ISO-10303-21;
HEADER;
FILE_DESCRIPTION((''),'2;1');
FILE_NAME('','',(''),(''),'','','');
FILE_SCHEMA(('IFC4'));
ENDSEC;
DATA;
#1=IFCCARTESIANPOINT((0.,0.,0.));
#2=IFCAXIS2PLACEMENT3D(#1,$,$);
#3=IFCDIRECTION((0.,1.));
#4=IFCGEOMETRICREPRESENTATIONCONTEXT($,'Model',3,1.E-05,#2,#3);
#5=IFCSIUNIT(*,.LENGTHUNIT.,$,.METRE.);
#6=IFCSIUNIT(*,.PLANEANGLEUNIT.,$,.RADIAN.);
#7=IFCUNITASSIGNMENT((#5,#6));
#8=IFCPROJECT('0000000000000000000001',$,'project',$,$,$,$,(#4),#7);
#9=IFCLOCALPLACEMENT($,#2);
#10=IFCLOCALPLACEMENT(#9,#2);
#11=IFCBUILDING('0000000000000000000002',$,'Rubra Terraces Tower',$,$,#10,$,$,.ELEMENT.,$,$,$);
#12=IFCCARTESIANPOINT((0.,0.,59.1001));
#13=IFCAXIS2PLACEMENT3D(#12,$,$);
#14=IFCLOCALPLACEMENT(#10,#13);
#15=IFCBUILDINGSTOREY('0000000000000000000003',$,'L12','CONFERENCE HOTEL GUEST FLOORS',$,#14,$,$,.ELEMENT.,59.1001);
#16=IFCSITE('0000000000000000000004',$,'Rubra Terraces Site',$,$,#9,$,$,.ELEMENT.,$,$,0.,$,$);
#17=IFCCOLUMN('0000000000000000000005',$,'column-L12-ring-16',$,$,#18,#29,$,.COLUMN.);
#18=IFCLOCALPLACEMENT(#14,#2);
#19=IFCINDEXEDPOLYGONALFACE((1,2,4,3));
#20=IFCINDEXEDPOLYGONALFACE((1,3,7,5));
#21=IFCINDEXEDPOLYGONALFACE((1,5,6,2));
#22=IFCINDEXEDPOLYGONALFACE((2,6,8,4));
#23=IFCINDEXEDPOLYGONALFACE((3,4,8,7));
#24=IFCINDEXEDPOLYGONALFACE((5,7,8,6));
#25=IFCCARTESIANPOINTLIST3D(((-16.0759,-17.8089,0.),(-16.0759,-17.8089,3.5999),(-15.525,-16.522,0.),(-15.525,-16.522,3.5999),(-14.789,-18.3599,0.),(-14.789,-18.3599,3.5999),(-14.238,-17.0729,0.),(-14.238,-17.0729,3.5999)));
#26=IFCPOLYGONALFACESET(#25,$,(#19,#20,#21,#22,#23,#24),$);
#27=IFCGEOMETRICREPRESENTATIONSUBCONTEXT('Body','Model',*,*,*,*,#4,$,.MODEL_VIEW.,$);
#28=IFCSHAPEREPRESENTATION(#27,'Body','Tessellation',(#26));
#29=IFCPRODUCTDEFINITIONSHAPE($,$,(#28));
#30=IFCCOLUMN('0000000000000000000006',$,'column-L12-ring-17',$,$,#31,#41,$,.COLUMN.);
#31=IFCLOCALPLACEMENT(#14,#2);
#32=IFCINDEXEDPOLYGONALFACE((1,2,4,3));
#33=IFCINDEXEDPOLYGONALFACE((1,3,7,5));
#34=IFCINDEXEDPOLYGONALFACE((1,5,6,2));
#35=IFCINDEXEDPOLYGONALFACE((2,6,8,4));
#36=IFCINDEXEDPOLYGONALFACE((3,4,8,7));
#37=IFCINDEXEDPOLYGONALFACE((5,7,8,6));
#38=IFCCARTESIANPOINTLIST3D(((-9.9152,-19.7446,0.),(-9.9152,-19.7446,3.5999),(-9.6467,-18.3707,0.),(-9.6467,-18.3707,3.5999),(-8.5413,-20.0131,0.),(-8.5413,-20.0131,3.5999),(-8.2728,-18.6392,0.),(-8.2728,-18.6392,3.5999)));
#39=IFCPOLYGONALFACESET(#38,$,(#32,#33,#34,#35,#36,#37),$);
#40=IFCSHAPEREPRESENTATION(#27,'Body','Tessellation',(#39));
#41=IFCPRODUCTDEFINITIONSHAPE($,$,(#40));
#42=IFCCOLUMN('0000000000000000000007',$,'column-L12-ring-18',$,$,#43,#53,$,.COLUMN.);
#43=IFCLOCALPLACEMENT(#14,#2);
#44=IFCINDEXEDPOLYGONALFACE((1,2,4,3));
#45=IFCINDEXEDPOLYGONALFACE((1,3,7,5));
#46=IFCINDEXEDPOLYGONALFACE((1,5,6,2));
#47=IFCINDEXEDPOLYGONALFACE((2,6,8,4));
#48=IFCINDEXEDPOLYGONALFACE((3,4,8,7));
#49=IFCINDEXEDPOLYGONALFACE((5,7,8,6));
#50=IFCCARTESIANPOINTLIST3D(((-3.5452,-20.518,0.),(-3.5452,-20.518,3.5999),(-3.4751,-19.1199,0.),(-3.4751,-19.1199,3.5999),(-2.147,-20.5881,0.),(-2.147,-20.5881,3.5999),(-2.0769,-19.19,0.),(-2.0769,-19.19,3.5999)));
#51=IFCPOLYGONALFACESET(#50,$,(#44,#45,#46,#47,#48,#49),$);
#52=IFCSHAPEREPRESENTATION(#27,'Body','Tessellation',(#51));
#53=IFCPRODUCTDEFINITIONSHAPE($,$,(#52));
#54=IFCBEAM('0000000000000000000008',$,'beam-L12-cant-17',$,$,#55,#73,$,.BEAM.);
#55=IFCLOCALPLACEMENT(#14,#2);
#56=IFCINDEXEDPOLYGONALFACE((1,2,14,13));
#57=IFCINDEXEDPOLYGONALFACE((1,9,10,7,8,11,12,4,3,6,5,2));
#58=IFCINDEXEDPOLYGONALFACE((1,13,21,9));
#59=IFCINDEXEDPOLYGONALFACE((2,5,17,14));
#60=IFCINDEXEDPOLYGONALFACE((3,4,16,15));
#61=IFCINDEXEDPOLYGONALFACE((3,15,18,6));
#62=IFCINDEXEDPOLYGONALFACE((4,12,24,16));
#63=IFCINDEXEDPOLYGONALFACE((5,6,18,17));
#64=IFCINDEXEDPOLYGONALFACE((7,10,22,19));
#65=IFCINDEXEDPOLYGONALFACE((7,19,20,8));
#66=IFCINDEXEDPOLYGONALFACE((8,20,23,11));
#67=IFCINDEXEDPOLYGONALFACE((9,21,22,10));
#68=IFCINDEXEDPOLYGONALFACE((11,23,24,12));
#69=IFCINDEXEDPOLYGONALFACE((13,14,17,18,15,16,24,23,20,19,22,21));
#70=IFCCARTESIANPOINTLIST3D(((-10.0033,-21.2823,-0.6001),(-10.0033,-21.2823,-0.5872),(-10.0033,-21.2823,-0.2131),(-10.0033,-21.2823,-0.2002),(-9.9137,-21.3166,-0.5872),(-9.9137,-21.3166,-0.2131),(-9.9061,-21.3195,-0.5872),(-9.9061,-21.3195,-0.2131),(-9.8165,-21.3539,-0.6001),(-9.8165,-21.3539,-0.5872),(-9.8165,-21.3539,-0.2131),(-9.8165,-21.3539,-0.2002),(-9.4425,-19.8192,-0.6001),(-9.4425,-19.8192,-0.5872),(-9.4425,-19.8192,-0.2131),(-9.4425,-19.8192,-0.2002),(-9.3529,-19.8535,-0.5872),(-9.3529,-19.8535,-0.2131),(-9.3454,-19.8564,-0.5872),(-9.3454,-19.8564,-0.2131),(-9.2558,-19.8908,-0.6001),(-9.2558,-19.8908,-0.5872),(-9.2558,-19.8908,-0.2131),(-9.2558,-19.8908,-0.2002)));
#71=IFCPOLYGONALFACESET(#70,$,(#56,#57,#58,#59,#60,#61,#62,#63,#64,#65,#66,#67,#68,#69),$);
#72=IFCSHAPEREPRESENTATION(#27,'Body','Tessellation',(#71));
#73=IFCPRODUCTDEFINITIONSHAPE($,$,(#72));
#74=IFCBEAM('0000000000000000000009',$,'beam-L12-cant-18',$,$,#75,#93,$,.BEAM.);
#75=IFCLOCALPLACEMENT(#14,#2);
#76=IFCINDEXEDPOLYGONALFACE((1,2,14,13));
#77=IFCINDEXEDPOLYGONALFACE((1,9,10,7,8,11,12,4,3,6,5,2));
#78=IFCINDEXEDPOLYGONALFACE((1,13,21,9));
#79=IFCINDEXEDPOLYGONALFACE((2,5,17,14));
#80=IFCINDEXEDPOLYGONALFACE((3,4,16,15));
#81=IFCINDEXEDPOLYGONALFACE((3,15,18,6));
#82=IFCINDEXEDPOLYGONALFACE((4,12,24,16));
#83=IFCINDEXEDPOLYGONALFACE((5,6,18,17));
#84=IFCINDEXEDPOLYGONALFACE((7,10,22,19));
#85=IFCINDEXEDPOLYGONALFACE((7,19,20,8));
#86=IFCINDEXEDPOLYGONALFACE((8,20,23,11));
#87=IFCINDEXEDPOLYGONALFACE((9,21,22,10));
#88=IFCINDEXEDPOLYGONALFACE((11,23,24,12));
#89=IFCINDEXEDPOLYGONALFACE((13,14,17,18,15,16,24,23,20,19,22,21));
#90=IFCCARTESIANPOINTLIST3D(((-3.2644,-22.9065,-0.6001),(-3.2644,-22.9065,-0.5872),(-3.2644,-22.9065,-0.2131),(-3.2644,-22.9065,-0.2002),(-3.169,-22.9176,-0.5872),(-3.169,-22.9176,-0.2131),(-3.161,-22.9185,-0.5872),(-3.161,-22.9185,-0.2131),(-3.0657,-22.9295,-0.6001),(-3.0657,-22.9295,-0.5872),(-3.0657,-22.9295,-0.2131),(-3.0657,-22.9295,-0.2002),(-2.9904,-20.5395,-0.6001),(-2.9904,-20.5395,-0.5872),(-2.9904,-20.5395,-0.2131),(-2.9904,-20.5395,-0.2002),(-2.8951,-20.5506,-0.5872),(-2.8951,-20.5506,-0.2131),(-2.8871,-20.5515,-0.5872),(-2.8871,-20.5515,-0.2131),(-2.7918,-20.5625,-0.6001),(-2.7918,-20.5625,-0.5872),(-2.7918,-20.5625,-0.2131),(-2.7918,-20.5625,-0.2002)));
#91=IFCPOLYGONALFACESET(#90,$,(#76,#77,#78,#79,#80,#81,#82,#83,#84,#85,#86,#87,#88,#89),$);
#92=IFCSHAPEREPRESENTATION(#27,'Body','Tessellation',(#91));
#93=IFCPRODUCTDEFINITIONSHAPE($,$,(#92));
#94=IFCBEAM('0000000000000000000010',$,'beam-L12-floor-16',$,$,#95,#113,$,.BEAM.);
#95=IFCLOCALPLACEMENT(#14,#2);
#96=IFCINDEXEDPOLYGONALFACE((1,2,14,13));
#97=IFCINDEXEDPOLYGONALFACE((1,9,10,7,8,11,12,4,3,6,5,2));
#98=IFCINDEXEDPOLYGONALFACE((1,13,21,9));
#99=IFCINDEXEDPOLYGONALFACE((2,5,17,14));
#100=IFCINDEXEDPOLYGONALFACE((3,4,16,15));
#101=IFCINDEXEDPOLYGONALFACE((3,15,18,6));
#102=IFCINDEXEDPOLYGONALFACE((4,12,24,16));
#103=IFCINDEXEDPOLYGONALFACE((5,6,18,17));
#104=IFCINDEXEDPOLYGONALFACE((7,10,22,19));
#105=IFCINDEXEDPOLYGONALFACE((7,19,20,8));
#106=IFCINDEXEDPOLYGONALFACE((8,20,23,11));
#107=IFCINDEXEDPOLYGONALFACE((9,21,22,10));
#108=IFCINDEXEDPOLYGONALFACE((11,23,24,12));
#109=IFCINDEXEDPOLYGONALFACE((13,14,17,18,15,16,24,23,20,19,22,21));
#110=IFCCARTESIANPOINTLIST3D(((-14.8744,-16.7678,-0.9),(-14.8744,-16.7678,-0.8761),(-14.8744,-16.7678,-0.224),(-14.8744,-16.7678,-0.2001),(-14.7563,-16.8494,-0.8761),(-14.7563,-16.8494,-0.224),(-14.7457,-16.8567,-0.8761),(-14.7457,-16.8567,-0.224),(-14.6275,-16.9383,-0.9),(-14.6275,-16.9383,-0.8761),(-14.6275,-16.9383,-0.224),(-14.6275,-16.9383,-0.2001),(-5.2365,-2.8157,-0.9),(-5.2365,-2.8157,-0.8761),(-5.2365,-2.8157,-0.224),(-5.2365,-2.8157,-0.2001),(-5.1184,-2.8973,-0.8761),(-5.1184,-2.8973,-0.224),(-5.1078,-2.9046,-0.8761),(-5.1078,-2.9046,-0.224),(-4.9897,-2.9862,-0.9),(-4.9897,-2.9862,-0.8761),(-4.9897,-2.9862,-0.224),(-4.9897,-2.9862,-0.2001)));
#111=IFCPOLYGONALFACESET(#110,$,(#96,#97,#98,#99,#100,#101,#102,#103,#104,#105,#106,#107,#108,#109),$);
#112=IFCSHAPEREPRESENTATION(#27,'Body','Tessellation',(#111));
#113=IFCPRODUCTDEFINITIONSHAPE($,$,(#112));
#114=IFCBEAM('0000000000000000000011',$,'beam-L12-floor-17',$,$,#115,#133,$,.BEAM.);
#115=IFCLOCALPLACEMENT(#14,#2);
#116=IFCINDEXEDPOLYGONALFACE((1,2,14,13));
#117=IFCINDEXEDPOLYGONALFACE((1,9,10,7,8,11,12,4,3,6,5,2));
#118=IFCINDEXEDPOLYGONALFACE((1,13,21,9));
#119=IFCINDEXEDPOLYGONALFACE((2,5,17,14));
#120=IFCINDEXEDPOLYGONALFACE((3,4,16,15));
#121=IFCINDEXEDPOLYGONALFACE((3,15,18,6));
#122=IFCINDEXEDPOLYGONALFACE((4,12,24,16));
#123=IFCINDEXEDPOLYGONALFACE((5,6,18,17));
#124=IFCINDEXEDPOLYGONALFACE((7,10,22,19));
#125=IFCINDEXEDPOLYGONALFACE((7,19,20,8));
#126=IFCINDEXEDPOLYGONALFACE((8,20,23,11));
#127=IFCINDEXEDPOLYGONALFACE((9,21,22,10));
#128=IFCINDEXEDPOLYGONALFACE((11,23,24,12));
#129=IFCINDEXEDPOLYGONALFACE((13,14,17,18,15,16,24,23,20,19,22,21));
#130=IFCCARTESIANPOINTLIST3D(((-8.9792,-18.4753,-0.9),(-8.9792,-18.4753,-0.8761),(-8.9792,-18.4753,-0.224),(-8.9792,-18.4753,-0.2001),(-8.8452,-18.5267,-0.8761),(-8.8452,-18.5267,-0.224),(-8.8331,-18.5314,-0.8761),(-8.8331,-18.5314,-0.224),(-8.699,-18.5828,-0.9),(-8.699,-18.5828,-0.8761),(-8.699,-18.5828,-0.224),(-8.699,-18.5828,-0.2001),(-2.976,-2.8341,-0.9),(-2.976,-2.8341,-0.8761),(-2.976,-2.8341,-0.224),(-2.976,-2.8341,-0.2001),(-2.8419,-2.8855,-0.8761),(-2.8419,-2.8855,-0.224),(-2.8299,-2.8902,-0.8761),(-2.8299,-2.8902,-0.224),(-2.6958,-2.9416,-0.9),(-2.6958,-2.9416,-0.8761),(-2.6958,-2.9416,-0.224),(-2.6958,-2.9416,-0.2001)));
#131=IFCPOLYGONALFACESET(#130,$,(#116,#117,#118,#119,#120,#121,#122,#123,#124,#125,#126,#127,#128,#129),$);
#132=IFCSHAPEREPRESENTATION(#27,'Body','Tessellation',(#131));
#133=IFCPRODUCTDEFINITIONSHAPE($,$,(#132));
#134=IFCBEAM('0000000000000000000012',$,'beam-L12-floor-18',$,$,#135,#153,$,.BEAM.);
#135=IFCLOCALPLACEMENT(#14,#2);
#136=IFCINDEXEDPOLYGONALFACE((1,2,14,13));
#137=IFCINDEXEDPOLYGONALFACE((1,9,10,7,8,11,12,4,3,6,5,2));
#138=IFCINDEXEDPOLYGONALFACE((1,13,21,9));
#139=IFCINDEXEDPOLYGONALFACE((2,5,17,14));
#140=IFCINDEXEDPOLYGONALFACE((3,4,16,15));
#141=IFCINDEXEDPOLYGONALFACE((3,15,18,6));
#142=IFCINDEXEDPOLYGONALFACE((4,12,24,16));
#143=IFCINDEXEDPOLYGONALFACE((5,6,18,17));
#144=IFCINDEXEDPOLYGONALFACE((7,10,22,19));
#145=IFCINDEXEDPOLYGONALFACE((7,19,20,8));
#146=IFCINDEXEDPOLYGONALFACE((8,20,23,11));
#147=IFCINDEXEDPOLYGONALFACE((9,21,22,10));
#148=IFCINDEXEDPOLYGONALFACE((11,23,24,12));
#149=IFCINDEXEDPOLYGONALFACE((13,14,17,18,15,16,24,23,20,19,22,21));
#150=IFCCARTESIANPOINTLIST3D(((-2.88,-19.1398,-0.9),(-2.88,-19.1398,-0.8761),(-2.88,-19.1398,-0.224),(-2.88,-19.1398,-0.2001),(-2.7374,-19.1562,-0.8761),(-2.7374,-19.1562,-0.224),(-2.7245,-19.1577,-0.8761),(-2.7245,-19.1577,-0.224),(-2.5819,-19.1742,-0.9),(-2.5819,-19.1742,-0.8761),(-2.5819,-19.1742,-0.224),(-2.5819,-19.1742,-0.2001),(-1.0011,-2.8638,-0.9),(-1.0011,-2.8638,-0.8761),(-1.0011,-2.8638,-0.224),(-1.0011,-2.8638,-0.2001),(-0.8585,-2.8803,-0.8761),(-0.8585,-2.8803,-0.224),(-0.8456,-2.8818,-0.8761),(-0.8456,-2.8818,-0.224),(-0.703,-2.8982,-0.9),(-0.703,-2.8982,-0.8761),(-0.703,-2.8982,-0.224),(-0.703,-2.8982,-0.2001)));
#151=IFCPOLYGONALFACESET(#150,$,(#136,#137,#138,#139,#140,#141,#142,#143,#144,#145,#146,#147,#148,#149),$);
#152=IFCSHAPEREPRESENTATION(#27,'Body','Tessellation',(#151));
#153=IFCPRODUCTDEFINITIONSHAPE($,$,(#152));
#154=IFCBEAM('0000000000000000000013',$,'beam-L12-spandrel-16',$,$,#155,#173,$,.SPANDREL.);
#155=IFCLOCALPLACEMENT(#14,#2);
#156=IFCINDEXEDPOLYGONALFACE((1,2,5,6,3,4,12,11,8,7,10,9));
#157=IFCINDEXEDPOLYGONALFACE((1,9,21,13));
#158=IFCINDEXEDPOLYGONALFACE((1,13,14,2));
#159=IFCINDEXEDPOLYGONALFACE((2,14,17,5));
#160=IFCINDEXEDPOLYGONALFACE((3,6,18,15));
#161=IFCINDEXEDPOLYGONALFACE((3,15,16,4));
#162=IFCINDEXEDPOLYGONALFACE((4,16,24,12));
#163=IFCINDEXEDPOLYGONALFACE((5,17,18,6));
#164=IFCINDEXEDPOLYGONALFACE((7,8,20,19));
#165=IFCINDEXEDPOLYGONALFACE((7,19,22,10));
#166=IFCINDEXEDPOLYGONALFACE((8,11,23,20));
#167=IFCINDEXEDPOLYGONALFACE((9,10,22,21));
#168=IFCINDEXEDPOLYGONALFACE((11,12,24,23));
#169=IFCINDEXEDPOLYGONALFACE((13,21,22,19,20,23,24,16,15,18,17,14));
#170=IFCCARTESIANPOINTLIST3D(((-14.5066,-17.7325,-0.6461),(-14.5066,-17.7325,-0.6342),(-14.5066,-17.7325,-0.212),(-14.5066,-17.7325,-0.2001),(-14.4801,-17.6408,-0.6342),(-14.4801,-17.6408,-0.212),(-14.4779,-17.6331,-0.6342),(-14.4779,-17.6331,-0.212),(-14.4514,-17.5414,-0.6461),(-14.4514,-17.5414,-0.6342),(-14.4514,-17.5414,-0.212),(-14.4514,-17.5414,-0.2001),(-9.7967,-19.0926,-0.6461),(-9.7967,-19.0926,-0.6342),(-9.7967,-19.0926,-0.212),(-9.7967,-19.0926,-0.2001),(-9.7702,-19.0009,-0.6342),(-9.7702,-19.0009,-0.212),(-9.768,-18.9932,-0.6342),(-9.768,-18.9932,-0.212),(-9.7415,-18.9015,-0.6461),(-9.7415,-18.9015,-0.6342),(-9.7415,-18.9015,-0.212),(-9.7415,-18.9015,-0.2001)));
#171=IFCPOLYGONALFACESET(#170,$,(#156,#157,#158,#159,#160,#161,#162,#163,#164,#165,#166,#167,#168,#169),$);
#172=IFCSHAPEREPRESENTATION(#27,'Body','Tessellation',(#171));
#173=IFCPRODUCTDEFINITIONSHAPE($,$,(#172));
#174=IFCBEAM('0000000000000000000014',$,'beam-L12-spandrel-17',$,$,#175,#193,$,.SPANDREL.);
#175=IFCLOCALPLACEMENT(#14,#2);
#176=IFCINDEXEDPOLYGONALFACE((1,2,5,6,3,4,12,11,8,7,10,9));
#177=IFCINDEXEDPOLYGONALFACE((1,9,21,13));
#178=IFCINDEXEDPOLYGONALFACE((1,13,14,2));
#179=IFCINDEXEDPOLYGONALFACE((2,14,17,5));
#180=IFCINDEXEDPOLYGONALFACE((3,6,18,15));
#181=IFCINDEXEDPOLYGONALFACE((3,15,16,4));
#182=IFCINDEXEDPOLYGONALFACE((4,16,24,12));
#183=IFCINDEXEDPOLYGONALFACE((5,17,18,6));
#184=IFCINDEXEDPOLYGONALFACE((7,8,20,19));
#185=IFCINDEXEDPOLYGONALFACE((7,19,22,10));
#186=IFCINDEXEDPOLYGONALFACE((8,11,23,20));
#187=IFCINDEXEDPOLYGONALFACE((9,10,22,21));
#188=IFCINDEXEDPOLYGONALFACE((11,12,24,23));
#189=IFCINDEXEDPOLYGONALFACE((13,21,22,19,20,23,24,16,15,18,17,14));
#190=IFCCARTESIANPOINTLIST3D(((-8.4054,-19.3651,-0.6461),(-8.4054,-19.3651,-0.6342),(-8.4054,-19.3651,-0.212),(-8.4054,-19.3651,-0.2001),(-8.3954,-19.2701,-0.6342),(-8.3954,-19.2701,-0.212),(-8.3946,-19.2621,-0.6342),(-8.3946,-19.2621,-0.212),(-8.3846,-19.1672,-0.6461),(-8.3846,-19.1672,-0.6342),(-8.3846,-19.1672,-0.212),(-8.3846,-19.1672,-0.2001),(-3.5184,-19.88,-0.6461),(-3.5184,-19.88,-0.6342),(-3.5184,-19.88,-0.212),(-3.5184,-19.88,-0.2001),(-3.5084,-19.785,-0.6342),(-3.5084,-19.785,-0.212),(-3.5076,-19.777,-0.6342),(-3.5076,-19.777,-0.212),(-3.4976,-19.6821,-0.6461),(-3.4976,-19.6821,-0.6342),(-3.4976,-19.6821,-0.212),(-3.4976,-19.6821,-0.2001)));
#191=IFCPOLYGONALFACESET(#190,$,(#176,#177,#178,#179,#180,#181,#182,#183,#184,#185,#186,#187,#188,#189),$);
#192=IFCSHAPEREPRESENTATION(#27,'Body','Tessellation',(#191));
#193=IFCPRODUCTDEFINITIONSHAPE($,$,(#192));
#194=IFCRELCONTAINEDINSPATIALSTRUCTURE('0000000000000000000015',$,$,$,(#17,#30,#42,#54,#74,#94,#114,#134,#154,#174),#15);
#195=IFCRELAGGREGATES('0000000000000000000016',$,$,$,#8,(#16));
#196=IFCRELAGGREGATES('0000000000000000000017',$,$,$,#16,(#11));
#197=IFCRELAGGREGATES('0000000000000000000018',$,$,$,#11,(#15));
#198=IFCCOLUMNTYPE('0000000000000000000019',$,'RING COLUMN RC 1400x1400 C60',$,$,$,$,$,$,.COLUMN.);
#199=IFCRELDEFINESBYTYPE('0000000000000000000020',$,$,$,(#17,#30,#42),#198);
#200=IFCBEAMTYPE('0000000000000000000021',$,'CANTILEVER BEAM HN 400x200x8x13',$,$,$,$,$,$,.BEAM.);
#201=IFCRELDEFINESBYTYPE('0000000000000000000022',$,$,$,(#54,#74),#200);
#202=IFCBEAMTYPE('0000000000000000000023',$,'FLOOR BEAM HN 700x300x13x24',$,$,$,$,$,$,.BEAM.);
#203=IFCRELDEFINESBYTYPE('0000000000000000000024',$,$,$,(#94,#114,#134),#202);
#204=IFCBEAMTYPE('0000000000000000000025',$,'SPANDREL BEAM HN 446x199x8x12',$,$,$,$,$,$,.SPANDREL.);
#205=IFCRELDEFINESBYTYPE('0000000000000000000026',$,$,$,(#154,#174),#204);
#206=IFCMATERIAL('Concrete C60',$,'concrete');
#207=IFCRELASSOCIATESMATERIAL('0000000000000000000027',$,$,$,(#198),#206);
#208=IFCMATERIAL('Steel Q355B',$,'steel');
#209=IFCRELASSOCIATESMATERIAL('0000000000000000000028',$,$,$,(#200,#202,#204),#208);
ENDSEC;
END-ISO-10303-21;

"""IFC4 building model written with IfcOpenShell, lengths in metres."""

from ifc_helpers import new_model, si_unit, direction, frame, origin, origin_2d, place, context, subcontext, project, spatial, rectangle, i_section, extrude, material, material_profile, profile_set, type_object, element, save


model = new_model("IFC4")

# Units and contexts
model_context = context("Model", 3, precision=1e-05, world=origin(), true_north=direction((0.0, 1.0)))
body_context = subcontext(model_context, "Body", "Model", "MODEL_VIEW")
ifc_project = project(units=[si_unit("LENGTHUNIT", "METRE"), si_unit("PLANEANGLEUNIT", "RADIAN")], contexts=[model_context])

# Site, building, storey
site_placement = place(None, origin())
site = spatial("IfcSite", under=ifc_project, at=site_placement, Name="Rubra Terraces Site", CompositionType="ELEMENT", RefElevation=0.0)
building_placement = place(site_placement, origin())
building = spatial("IfcBuilding", under=site, at=building_placement, Name="Rubra Terraces Tower", CompositionType="ELEMENT")
storey_placement = place(building_placement, frame((0.0, 0.0, 59.1001)))
storey = spatial("IfcBuildingStorey", under=building, at=storey_placement, Name="L12", Description="CONFERENCE HOTEL GUEST FLOORS", CompositionType="ELEMENT", Elevation=59.1001)

# Columns
ifc_material_1 = material(Name="Concrete C60", Category="concrete")
ifc_material_profile_1 = material_profile(ifc_material_1, rectangle(XDim=1.3999, YDim=1.3999, at=origin_2d()), Name="RC 1400x1400")
ifc_profile_set_1 = profile_set([ifc_material_profile_1], Name="Concrete C60")
column_type = type_object("IfcColumnType", Name="RING COLUMN RC 1400x1400 C60", PredefinedType="COLUMN", material=ifc_profile_set_1)
for number, where, z_axis, x_axis, name in (
    (1, (-15.157, -17.4409, 0.0), (0.0, 0.0, 1.0), (0.919294, -0.393572, 0.0), "column-L12-ring-16"),
    (2, (-9.094, -19.1919, 0.0), (0.0, 0.0, 1.0), (0.98143, -0.191819, 0.0), "column-L12-ring-17"),
    (3, (-2.811, -19.854, 0.0), (0.0, 0.0, 1.0), (0.998745, -0.050084, 0.0), "column-L12-ring-18"),
):
    element("IfcColumn", number, at=place(storey_placement, frame(where, z_axis=z_axis, x_axis=x_axis)), inside=storey, type_object=column_type, Name=name, PredefinedType="COLUMN", context=body_context, shape_type="SweptSolid", body=[
        extrude(rectangle(XDim=1.3999, YDim=1.3999, at=origin_2d()), origin(), (0.0, 0.0, 1.0), 3.5999),
    ])

# Beams
ifc_material_2 = material(Name="Steel Q355B", Category="steel")
ifc_material_profile_2 = material_profile(ifc_material_2, i_section(OverallWidth=0.2, OverallDepth=0.3999, WebThickness=0.0081, FlangeThickness=0.0129, at=origin_2d()), Name="HN 400x200x8x13")
ifc_profile_set_2 = profile_set([ifc_material_profile_2], Name="Steel Q355B")
beam_type_1 = type_object("IfcBeamType", Name="CANTILEVER BEAM HN 400x200x8x13", PredefinedType="BEAM", material=ifc_profile_set_2)
beam_1_placement = place(storey_placement, frame((-9.3491, -19.855, -0.4001), z_axis=(-0.357893, -0.933763, 0.0), x_axis=(0.933763, -0.357893, 0.0)))
element("IfcBeam", 4, at=beam_1_placement, inside=storey, type_object=beam_type_1, Name="beam-L12-cant-17", PredefinedType="BEAM", context=body_context, shape_type="SweptSolid", body=[
    extrude(i_section(OverallWidth=0.2, OverallDepth=0.3999, WebThickness=0.0081, FlangeThickness=0.0129, at=origin_2d()), origin(), (0.0, 0.0, 1.0), 1.5669),
])
beam_2_placement = place(storey_placement, frame((-2.8911, -20.551, -0.4001), z_axis=(-0.114962, -0.99337, 0.0), x_axis=(0.99337, -0.114962, 0.0)))
element("IfcBeam", 5, at=beam_2_placement, inside=storey, type_object=beam_type_1, Name="beam-L12-cant-18", PredefinedType="BEAM", context=body_context, shape_type="SweptSolid", body=[
    extrude(i_section(OverallWidth=0.2, OverallDepth=0.3999, WebThickness=0.0081, FlangeThickness=0.0129, at=origin_2d()), origin(), (0.0, 0.0, 1.0), 2.3828),
])
ifc_material_profile_3 = material_profile(ifc_material_2, i_section(OverallWidth=0.3, OverallDepth=0.7, WebThickness=0.0129, FlangeThickness=0.0239, at=origin_2d()), Name="HN 700x300x13x24")
ifc_profile_set_3 = profile_set([ifc_material_profile_3], Name="Steel Q355B")
beam_type_2 = type_object("IfcBeamType", Name="FLOOR BEAM HN 700x300x13x24", PredefinedType="BEAM", material=ifc_profile_set_3)
beam_3_placement = place(storey_placement, frame((-14.751, -16.853, -0.55), z_axis=(0.568363, 0.822778, 0.0), x_axis=(-0.822778, 0.568363, 0.0)))
element("IfcBeam", 6, at=beam_3_placement, inside=storey, type_object=beam_type_2, Name="beam-L12-floor-16", PredefinedType="BEAM", context=body_context, shape_type="SweptSolid", body=[
    extrude(i_section(OverallWidth=0.3, OverallDepth=0.7, WebThickness=0.0129, FlangeThickness=0.0239, at=origin_2d()), origin(), (0.0, 0.0, 1.0), 16.9573),
])
beam_4_placement = place(storey_placement, frame((-8.8391, -18.5291, -0.55), z_axis=(0.358322, 0.933598, 0.0), x_axis=(-0.933598, 0.358322, 0.0)))
element("IfcBeam", 7, at=beam_4_placement, inside=storey, type_object=beam_type_2, Name="beam-L12-floor-17", PredefinedType="BEAM", context=body_context, shape_type="SweptSolid", body=[
    extrude(i_section(OverallWidth=0.3, OverallDepth=0.7, WebThickness=0.0129, FlangeThickness=0.0239, at=origin_2d()), origin(), (0.0, 0.0, 1.0), 16.7537),
])
beam_5_placement = place(storey_placement, frame((-2.731, -19.157, -0.55), z_axis=(0.11468, 0.993403, 0.0), x_axis=(-0.993403, 0.11468, 0.0)))
element("IfcBeam", 8, at=beam_5_placement, inside=storey, type_object=beam_type_2, Name="beam-L12-floor-18", PredefinedType="BEAM", context=body_context, shape_type="SweptSolid", body=[
    extrude(i_section(OverallWidth=0.3, OverallDepth=0.7, WebThickness=0.0129, FlangeThickness=0.0239, at=origin_2d()), origin(), (0.0, 0.0, 1.0), 16.384),
])
ifc_material_profile_4 = material_profile(ifc_material_2, i_section(OverallWidth=0.199, OverallDepth=0.446, WebThickness=0.0081, FlangeThickness=0.012, at=origin_2d()), Name="HN 446x199x8x12")
ifc_profile_set_4 = profile_set([ifc_material_profile_4], Name="Steel Q355B")
beam_type_3 = type_object("IfcBeamType", Name="SPANDREL BEAM HN 446x199x8x12", PredefinedType="SPANDREL", material=ifc_profile_set_4)
beam_6_placement = place(storey_placement, frame((-14.479, -17.637, -0.4231), z_axis=(0.960744, -0.277436, 0.0), x_axis=(0.277436, 0.960744, 0.0)))
element("IfcBeam", 9, at=beam_6_placement, inside=storey, type_object=beam_type_3, Name="beam-L12-spandrel-16", PredefinedType="SPANDREL", context=body_context, shape_type="SweptSolid", body=[
    extrude(i_section(OverallWidth=0.199, OverallDepth=0.446, WebThickness=0.0081, FlangeThickness=0.012, at=origin_2d()), origin(), (0.0, 0.0, 1.0), 4.9023),
])
beam_7_placement = place(storey_placement, frame((-8.395, -19.2661, -0.4231), z_axis=(0.994495, -0.10478, 0.0), x_axis=(0.10478, 0.994495, 0.0)))
element("IfcBeam", 10, at=beam_7_placement, inside=storey, type_object=beam_type_3, Name="beam-L12-spandrel-17", PredefinedType="SPANDREL", context=body_context, shape_type="SweptSolid", body=[
    extrude(i_section(OverallWidth=0.199, OverallDepth=0.446, WebThickness=0.0081, FlangeThickness=0.012, at=origin_2d()), origin(), (0.0, 0.0, 1.0), 4.9141),
])

save(model, "model.ifc")
